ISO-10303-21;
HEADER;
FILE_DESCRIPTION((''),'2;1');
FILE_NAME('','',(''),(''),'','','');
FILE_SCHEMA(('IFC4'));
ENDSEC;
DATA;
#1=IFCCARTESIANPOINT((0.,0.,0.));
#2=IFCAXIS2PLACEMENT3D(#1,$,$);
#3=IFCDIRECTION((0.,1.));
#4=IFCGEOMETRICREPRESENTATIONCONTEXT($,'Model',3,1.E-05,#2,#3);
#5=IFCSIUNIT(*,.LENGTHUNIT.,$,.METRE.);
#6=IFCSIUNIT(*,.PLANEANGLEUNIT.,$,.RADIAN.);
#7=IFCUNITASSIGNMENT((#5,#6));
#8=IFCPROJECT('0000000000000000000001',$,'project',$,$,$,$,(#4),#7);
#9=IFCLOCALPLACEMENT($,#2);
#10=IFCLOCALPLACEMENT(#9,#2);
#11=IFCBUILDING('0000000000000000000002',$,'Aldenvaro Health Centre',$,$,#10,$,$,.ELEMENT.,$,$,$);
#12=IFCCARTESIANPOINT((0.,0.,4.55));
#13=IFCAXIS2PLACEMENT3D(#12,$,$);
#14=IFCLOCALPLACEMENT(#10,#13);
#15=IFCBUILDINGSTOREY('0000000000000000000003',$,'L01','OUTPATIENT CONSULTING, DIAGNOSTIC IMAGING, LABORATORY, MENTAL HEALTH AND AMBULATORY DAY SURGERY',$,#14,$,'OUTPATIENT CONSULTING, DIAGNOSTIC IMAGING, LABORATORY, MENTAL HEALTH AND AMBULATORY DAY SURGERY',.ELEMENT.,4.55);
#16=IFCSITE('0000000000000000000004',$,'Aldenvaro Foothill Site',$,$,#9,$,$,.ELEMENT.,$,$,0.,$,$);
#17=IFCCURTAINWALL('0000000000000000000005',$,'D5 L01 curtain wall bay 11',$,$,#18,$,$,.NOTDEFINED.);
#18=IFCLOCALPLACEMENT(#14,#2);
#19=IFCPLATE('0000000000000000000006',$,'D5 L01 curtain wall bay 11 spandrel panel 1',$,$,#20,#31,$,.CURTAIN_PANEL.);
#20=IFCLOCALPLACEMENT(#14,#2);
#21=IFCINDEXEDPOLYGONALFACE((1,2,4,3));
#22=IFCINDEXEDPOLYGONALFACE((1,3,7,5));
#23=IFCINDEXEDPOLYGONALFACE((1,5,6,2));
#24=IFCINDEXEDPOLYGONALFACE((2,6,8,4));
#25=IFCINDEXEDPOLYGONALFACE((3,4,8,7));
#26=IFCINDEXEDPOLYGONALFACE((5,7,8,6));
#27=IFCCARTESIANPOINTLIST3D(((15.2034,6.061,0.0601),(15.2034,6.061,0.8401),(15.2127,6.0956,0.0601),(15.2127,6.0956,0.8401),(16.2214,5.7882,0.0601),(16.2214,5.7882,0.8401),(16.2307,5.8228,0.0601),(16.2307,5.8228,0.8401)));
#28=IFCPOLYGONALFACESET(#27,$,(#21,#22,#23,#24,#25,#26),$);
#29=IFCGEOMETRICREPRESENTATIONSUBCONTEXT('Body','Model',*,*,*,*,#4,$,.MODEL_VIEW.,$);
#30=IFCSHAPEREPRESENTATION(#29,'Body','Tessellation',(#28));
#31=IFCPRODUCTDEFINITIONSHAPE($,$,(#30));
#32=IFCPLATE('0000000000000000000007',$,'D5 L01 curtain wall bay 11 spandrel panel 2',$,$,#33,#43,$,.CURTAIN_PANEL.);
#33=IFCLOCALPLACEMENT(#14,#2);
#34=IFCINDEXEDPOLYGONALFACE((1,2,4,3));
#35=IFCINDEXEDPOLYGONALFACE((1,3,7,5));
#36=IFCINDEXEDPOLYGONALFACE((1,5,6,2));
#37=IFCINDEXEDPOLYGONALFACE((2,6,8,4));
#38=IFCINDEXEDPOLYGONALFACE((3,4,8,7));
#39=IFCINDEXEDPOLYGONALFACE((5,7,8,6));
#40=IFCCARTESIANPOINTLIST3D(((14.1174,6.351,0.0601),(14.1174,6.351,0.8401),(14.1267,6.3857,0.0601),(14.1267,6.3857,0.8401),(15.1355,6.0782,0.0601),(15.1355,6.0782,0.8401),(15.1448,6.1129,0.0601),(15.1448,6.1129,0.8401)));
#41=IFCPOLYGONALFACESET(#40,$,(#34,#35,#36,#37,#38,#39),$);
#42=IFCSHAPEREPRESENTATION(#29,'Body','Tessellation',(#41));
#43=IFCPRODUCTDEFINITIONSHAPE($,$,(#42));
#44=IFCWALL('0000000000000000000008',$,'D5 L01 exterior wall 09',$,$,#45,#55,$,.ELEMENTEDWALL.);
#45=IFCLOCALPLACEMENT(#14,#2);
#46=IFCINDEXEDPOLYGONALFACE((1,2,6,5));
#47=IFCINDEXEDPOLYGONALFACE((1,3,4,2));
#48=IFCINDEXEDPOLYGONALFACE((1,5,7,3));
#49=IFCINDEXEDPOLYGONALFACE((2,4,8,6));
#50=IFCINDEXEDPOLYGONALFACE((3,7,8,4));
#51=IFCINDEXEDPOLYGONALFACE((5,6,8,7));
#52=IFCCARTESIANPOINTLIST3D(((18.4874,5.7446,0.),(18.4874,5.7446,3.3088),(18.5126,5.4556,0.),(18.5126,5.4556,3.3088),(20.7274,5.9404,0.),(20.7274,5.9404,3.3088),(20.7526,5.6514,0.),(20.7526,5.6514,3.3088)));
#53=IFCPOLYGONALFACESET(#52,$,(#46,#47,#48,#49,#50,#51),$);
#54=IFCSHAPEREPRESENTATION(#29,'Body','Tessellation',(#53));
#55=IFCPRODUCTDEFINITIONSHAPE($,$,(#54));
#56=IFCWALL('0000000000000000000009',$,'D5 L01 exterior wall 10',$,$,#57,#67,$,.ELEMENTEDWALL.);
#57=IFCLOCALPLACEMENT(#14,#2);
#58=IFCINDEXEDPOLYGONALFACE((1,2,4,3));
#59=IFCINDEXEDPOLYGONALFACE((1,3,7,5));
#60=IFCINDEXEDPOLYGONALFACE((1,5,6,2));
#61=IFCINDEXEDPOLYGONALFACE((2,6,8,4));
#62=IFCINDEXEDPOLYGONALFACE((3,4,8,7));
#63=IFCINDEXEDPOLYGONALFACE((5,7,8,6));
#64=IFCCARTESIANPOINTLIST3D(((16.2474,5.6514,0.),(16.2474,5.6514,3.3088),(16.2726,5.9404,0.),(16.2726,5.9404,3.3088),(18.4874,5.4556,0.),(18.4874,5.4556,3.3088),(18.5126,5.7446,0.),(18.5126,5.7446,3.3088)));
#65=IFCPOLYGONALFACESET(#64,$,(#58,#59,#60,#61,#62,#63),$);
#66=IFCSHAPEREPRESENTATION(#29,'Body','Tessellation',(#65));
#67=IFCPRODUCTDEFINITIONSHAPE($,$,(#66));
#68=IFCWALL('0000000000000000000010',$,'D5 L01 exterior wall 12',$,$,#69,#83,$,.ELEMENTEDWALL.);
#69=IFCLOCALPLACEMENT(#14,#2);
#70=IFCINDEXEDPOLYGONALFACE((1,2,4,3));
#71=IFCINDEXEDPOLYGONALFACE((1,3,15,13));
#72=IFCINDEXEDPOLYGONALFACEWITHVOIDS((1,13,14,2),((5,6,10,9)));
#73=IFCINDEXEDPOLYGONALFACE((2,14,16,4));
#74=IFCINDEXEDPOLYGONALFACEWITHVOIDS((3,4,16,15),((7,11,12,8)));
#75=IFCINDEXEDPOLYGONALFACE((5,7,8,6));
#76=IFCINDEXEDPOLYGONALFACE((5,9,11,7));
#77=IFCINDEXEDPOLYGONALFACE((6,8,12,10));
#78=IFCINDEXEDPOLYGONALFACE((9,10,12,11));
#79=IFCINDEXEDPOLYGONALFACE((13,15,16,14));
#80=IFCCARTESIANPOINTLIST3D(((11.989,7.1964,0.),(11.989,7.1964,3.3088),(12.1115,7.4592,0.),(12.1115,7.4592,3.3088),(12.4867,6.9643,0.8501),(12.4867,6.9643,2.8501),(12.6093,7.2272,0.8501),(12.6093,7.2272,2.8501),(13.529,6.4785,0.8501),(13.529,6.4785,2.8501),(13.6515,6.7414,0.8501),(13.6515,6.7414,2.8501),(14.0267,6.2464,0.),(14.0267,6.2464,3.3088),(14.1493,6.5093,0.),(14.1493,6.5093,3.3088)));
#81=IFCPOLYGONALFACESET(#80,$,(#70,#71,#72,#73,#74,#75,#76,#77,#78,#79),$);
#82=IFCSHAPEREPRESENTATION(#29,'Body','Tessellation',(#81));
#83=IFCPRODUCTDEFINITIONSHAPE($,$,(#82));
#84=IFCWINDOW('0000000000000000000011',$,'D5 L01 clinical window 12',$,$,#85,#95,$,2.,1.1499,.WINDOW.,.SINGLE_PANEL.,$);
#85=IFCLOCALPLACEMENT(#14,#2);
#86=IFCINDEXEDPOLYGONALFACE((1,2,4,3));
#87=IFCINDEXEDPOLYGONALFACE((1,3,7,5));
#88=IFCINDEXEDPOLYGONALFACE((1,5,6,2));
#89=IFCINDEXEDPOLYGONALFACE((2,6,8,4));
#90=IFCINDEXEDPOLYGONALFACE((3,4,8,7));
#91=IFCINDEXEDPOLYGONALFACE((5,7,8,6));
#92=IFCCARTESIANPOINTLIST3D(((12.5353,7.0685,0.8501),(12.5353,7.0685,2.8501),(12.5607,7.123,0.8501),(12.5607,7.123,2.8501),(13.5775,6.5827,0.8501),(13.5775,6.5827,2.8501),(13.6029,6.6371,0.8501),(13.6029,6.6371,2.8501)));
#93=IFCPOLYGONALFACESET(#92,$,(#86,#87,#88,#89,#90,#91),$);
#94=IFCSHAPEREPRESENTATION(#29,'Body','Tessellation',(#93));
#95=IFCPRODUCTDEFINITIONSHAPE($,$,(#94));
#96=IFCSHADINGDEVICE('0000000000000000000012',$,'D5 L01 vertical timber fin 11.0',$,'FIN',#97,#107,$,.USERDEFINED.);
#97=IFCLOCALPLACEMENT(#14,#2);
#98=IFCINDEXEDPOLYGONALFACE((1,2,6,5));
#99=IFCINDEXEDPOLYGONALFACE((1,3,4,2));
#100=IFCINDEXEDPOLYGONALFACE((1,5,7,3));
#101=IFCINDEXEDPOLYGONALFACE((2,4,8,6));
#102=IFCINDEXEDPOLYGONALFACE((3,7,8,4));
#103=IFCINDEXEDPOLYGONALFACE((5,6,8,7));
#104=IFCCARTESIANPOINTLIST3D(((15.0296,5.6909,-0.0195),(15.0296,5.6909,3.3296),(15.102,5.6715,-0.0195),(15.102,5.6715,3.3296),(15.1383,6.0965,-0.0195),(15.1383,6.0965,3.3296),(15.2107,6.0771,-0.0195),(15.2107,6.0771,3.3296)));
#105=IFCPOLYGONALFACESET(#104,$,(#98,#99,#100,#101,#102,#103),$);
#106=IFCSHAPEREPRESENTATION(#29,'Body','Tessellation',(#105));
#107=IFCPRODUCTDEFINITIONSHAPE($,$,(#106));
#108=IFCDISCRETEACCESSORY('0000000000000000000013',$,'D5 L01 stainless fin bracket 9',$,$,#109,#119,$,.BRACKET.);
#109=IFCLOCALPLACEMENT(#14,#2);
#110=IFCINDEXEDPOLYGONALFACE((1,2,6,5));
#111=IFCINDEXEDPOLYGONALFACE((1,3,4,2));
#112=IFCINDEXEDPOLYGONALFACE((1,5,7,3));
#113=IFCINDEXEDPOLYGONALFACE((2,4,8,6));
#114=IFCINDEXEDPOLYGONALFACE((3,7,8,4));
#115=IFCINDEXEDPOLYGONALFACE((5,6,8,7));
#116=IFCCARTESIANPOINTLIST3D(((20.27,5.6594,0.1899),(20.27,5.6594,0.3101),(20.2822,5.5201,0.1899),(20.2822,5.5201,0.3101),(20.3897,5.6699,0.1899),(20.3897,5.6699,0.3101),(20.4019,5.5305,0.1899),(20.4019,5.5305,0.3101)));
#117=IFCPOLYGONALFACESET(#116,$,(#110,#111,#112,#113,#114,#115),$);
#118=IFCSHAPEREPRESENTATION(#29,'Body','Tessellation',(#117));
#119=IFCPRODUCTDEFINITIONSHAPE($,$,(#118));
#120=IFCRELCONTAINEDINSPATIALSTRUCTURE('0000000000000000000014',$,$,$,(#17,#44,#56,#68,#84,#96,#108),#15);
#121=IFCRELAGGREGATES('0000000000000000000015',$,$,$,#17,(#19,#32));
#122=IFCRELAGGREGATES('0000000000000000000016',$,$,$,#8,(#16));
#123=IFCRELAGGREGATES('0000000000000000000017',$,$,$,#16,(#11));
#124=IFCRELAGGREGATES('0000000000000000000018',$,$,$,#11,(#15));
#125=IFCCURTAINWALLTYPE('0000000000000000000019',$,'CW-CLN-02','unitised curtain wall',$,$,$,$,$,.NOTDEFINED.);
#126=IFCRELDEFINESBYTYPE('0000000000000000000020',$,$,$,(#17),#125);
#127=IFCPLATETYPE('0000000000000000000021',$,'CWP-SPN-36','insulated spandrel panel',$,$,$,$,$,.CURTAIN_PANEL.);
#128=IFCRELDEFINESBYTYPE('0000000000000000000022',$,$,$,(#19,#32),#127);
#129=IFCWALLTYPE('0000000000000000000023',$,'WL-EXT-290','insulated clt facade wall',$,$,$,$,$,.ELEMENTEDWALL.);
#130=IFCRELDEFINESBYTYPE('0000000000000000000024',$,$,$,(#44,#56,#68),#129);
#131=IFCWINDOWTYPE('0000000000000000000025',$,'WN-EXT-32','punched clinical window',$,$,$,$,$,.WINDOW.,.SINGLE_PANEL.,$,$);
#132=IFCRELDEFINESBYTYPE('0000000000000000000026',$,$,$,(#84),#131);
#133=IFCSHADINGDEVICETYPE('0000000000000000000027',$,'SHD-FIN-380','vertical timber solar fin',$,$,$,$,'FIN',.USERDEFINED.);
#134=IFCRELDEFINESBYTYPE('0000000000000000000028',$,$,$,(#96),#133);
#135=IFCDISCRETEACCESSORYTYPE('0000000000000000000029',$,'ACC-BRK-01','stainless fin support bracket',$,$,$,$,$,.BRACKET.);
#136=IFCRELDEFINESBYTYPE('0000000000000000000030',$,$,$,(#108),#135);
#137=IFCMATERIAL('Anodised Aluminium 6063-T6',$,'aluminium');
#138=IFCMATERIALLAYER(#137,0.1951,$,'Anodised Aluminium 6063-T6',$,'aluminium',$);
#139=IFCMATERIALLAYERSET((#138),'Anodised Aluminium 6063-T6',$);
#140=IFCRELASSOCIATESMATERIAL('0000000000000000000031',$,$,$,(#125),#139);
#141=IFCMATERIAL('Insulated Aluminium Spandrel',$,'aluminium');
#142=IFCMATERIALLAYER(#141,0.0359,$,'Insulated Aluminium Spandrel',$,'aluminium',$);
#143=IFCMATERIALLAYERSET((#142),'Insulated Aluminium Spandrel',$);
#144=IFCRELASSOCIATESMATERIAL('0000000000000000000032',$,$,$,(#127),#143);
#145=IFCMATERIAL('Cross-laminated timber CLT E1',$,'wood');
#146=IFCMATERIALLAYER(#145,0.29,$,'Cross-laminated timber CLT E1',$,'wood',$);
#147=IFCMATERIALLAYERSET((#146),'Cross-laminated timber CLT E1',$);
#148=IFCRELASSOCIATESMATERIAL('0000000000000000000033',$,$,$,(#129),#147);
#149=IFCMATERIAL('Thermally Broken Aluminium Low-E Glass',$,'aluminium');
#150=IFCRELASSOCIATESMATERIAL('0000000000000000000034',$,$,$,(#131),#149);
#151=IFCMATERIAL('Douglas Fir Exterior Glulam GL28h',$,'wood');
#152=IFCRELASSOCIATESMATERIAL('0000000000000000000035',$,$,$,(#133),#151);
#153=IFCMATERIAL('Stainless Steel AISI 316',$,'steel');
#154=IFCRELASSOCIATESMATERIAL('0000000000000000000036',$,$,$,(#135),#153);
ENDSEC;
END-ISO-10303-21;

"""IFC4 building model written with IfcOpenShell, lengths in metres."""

from ifc_helpers import new_model, si_unit, direction, frame, frame_2d, origin, origin_2d, place, context, subcontext, project, spatial, rectangle, extrude, material, layer, layer_set, type_object, element, fill, aggregate, save


model = new_model("IFC4")

# Units and contexts
model_context = context("Model", 3, precision=1e-05, world=origin(), true_north=direction((0.0, 1.0)))
body_context = subcontext(model_context, "Body", "Model", "MODEL_VIEW")
ifc_project = project(units=[si_unit("LENGTHUNIT", "METRE"), si_unit("PLANEANGLEUNIT", "RADIAN")], contexts=[model_context])

# Site, building, storey
site_placement = place(None, origin())
site = spatial("IfcSite", under=ifc_project, at=site_placement, Name="Aldenvaro Foothill Site", CompositionType="ELEMENT", RefElevation=0.0)
building_placement = place(site_placement, origin())
building = spatial("IfcBuilding", under=site, at=building_placement, Name="Aldenvaro Health Centre", CompositionType="ELEMENT")
storey_placement = place(building_placement, frame((0.0, 0.0, 4.55)))
storey = spatial("IfcBuildingStorey", under=building, at=storey_placement, Name="L01", Description="OUTPATIENT CONSULTING, DIAGNOSTIC IMAGING, LABORATORY, MENTAL HEALTH AND AMBULATORY DAY SURGERY", LongName="OUTPATIENT CONSULTING, DIAGNOSTIC IMAGING, LABORATORY, MENTAL HEALTH AND AMBULATORY DAY SURGERY", CompositionType="ELEMENT", Elevation=4.55)

# Curtain wall
ifc_material_1 = material(Name="Anodised Aluminium 6063-T6", Category="aluminium")
ifc_layer_1 = layer(ifc_material_1, 0.1951, Name="Anodised Aluminium 6063-T6", Category="aluminium")
ifc_layer_set_1 = layer_set([ifc_layer_1], Name="Anodised Aluminium 6063-T6")
curtain_wall_type = type_object("IfcCurtainWallType", Name="CW-CLN-02", Description="unitised curtain wall", PredefinedType="NOTDEFINED", material=ifc_layer_set_1)
curtain_wall_placement = place(storey_placement, origin())
curtain_wall = element("IfcCurtainWall", 1, at=curtain_wall_placement, inside=storey, type_object=curtain_wall_type, Name="D5 L01 curtain wall bay 11", PredefinedType="NOTDEFINED")

# Plates
ifc_material_2 = material(Name="Insulated Aluminium Spandrel", Category="aluminium")
ifc_layer_2 = layer(ifc_material_2, 0.0359, Name="Insulated Aluminium Spandrel", Category="aluminium")
ifc_layer_set_2 = layer_set([ifc_layer_2], Name="Insulated Aluminium Spandrel")
plate_type_1 = type_object("IfcPlateType", Name="CWP-SPN-36", Description="insulated spandrel panel", PredefinedType="CURTAIN_PANEL", material=ifc_layer_set_2)
plate_1_placement = place(storey_placement, frame((15.717, 5.9419, 0.0601), z_axis=(0.0, 0.0, 1.0), x_axis=(-0.965924, 0.258825, 0.0)))
plate_1 = element("IfcPlate", 2, at=plate_1_placement, type_object=plate_type_1, Name="D5 L01 curtain wall bay 11 spandrel panel 1", PredefinedType="CURTAIN_PANEL", context=body_context, shape_type="SweptSolid", body=[
    extrude(rectangle(XDim=1.054, YDim=0.0359, at=origin_2d()), origin(), (0.0, 0.0, 1.0), 0.78),
])
plate_2_placement = place(storey_placement, frame((14.6311, 6.2319, 0.0601), z_axis=(0.0, 0.0, 1.0), x_axis=(-0.965924, 0.258825, 0.0)))
plate_2 = element("IfcPlate", 3, at=plate_2_placement, type_object=plate_type_1, Name="D5 L01 curtain wall bay 11 spandrel panel 2", PredefinedType="CURTAIN_PANEL", context=body_context, shape_type="SweptSolid", body=[
    extrude(rectangle(XDim=1.054, YDim=0.0359, at=origin_2d()), origin(), (0.0, 0.0, 1.0), 0.78),
])
aggregate(curtain_wall, [plate_1, plate_2])

# Walls
ifc_material_3 = material(Name="Cross-laminated timber CLT E1", Category="wood")
ifc_layer_3 = layer(ifc_material_3, 0.29, Name="Cross-laminated timber CLT E1", Category="wood")
ifc_layer_set_3 = layer_set([ifc_layer_3], Name="Cross-laminated timber CLT E1")
wall_type = type_object("IfcWallType", Name="WL-EXT-290", Description="insulated clt facade wall", PredefinedType="ELEMENTEDWALL", material=ifc_layer_set_3)
for number, where, z_axis, x_axis, name in (
    (4, (20.74, 5.7959, 0.0), (0.0, 0.0, 1.0), (-0.996201, -0.087079, 0.0), "D5 L01 exterior wall 09"),
    (5, (18.5, 5.6001, 0.0), (0.0, 0.0, 1.0), (-0.996201, 0.087079, 0.0), "D5 L01 exterior wall 10"),
):
    element("IfcWall", number, at=place(storey_placement, frame(where, z_axis=z_axis, x_axis=x_axis)), inside=storey, type_object=wall_type, Name=name, PredefinedType="ELEMENTEDWALL", context=body_context, shape_type="SweptSolid", body=[
        extrude(rectangle(XDim=2.2485, YDim=0.29, at=frame_2d((1.1243, 0.0))), origin(), (0.0, 0.0, 1.0), 3.3088),
    ])

# Wall, opening, window
wall_placement = place(storey_placement, frame((14.0879, 6.3779, 0.0), z_axis=(0.0, 0.0, 1.0), x_axis=(-0.906361, 0.422505, 0.0)))
wall = element("IfcWall", 6, at=wall_placement, inside=storey, type_object=wall_type, Name="D5 L01 exterior wall 12", PredefinedType="ELEMENTEDWALL", context=body_context, shape_type="SweptSolid", body=[
    extrude(rectangle(XDim=2.2483, YDim=0.29, at=frame_2d((1.124, 0.0))), origin(), (0.0, 0.0, 1.0), 3.3088),
])
opening_placement = place(wall_placement, frame((0.5491, 0.0, 0.8501)))
opening = element("IfcOpeningElement", 7, at=opening_placement, cuts=wall, PredefinedType="OPENING", context=body_context, shape_type="SweptSolid", body=[
    extrude(rectangle(XDim=1.1499, YDim=2.0, at=frame_2d((0.575, 1.0))), frame((0.0, 0.155, 0.0), z_axis=(0.0, -1.0, 0.0), x_axis=(1.0, 0.0, 0.0)), (0.0, 0.0, 1.0), 0.3101),
])
ifc_material_4 = material(Name="Thermally Broken Aluminium Low-E Glass", Category="aluminium")
window_type = type_object("IfcWindowType", Name="WN-EXT-32", Description="punched clinical window", PartitioningType="SINGLE_PANEL", PredefinedType="WINDOW", material=ifc_material_4)
window_placement = place(opening_placement, origin())
window = element("IfcWindow", 8, at=window_placement, inside=storey, type_object=window_type, Name="D5 L01 clinical window 12", OverallHeight=2.0, OverallWidth=1.1499, PartitioningType="SINGLE_PANEL", PredefinedType="WINDOW", context=body_context, shape_type="SweptSolid", body=[
    extrude(rectangle(XDim=1.1499, YDim=2.0, at=frame_2d((0.575, 1.0))), frame((0.0, 0.03, 0.0), z_axis=(0.0, -1.0, 0.0), x_axis=(1.0, 0.0, 0.0)), (0.0, 0.0, 1.0), 0.0601),
])
fill(opening, window)

# Shading device
ifc_material_5 = material(Name="Douglas Fir Exterior Glulam GL28h", Category="wood")
shading_device_type = type_object("IfcShadingDeviceType", Name="SHD-FIN-380", Description="vertical timber solar fin", ElementType="FIN", PredefinedType="USERDEFINED", material=ifc_material_5)
shading_device_placement = place(storey_placement, frame((15.1201, 5.884, -0.0195), z_axis=(0.0, 0.0, 1.0), x_axis=(-0.965924, 0.258825, 0.0)))
element("IfcShadingDevice", 9, at=shading_device_placement, inside=storey, type_object=shading_device_type, Name="D5 L01 vertical timber fin 11.0", ObjectType="FIN", PredefinedType="USERDEFINED", context=body_context, shape_type="SweptSolid", body=[
    extrude(rectangle(XDim=0.075, YDim=0.4199, at=origin_2d()), origin(), (0.0, 0.0, 1.0), 3.3491),
])

# Discrete accessory
ifc_material_6 = material(Name="Stainless Steel AISI 316", Category="steel")
discrete_accessory_type = type_object("IfcDiscreteAccessoryType", Name="ACC-BRK-01", Description="stainless fin support bracket", PredefinedType="BRACKET", material=ifc_material_6)
discrete_accessory_placement = place(storey_placement, frame((20.3359, 5.595, 0.1899), z_axis=(0.0, 0.0, 1.0), x_axis=(-0.996194, -0.087167, 0.0)))
element("IfcDiscreteAccessory", 10, at=discrete_accessory_placement, inside=storey, type_object=discrete_accessory_type, Name="D5 L01 stainless fin bracket 9", PredefinedType="BRACKET", context=body_context, shape_type="SweptSolid", body=[
    extrude(rectangle(XDim=0.1201, YDim=0.1399, at=origin_2d()), origin(), (0.0, 0.0, 1.0), 0.1201),
])

save(model, "model.ifc")
